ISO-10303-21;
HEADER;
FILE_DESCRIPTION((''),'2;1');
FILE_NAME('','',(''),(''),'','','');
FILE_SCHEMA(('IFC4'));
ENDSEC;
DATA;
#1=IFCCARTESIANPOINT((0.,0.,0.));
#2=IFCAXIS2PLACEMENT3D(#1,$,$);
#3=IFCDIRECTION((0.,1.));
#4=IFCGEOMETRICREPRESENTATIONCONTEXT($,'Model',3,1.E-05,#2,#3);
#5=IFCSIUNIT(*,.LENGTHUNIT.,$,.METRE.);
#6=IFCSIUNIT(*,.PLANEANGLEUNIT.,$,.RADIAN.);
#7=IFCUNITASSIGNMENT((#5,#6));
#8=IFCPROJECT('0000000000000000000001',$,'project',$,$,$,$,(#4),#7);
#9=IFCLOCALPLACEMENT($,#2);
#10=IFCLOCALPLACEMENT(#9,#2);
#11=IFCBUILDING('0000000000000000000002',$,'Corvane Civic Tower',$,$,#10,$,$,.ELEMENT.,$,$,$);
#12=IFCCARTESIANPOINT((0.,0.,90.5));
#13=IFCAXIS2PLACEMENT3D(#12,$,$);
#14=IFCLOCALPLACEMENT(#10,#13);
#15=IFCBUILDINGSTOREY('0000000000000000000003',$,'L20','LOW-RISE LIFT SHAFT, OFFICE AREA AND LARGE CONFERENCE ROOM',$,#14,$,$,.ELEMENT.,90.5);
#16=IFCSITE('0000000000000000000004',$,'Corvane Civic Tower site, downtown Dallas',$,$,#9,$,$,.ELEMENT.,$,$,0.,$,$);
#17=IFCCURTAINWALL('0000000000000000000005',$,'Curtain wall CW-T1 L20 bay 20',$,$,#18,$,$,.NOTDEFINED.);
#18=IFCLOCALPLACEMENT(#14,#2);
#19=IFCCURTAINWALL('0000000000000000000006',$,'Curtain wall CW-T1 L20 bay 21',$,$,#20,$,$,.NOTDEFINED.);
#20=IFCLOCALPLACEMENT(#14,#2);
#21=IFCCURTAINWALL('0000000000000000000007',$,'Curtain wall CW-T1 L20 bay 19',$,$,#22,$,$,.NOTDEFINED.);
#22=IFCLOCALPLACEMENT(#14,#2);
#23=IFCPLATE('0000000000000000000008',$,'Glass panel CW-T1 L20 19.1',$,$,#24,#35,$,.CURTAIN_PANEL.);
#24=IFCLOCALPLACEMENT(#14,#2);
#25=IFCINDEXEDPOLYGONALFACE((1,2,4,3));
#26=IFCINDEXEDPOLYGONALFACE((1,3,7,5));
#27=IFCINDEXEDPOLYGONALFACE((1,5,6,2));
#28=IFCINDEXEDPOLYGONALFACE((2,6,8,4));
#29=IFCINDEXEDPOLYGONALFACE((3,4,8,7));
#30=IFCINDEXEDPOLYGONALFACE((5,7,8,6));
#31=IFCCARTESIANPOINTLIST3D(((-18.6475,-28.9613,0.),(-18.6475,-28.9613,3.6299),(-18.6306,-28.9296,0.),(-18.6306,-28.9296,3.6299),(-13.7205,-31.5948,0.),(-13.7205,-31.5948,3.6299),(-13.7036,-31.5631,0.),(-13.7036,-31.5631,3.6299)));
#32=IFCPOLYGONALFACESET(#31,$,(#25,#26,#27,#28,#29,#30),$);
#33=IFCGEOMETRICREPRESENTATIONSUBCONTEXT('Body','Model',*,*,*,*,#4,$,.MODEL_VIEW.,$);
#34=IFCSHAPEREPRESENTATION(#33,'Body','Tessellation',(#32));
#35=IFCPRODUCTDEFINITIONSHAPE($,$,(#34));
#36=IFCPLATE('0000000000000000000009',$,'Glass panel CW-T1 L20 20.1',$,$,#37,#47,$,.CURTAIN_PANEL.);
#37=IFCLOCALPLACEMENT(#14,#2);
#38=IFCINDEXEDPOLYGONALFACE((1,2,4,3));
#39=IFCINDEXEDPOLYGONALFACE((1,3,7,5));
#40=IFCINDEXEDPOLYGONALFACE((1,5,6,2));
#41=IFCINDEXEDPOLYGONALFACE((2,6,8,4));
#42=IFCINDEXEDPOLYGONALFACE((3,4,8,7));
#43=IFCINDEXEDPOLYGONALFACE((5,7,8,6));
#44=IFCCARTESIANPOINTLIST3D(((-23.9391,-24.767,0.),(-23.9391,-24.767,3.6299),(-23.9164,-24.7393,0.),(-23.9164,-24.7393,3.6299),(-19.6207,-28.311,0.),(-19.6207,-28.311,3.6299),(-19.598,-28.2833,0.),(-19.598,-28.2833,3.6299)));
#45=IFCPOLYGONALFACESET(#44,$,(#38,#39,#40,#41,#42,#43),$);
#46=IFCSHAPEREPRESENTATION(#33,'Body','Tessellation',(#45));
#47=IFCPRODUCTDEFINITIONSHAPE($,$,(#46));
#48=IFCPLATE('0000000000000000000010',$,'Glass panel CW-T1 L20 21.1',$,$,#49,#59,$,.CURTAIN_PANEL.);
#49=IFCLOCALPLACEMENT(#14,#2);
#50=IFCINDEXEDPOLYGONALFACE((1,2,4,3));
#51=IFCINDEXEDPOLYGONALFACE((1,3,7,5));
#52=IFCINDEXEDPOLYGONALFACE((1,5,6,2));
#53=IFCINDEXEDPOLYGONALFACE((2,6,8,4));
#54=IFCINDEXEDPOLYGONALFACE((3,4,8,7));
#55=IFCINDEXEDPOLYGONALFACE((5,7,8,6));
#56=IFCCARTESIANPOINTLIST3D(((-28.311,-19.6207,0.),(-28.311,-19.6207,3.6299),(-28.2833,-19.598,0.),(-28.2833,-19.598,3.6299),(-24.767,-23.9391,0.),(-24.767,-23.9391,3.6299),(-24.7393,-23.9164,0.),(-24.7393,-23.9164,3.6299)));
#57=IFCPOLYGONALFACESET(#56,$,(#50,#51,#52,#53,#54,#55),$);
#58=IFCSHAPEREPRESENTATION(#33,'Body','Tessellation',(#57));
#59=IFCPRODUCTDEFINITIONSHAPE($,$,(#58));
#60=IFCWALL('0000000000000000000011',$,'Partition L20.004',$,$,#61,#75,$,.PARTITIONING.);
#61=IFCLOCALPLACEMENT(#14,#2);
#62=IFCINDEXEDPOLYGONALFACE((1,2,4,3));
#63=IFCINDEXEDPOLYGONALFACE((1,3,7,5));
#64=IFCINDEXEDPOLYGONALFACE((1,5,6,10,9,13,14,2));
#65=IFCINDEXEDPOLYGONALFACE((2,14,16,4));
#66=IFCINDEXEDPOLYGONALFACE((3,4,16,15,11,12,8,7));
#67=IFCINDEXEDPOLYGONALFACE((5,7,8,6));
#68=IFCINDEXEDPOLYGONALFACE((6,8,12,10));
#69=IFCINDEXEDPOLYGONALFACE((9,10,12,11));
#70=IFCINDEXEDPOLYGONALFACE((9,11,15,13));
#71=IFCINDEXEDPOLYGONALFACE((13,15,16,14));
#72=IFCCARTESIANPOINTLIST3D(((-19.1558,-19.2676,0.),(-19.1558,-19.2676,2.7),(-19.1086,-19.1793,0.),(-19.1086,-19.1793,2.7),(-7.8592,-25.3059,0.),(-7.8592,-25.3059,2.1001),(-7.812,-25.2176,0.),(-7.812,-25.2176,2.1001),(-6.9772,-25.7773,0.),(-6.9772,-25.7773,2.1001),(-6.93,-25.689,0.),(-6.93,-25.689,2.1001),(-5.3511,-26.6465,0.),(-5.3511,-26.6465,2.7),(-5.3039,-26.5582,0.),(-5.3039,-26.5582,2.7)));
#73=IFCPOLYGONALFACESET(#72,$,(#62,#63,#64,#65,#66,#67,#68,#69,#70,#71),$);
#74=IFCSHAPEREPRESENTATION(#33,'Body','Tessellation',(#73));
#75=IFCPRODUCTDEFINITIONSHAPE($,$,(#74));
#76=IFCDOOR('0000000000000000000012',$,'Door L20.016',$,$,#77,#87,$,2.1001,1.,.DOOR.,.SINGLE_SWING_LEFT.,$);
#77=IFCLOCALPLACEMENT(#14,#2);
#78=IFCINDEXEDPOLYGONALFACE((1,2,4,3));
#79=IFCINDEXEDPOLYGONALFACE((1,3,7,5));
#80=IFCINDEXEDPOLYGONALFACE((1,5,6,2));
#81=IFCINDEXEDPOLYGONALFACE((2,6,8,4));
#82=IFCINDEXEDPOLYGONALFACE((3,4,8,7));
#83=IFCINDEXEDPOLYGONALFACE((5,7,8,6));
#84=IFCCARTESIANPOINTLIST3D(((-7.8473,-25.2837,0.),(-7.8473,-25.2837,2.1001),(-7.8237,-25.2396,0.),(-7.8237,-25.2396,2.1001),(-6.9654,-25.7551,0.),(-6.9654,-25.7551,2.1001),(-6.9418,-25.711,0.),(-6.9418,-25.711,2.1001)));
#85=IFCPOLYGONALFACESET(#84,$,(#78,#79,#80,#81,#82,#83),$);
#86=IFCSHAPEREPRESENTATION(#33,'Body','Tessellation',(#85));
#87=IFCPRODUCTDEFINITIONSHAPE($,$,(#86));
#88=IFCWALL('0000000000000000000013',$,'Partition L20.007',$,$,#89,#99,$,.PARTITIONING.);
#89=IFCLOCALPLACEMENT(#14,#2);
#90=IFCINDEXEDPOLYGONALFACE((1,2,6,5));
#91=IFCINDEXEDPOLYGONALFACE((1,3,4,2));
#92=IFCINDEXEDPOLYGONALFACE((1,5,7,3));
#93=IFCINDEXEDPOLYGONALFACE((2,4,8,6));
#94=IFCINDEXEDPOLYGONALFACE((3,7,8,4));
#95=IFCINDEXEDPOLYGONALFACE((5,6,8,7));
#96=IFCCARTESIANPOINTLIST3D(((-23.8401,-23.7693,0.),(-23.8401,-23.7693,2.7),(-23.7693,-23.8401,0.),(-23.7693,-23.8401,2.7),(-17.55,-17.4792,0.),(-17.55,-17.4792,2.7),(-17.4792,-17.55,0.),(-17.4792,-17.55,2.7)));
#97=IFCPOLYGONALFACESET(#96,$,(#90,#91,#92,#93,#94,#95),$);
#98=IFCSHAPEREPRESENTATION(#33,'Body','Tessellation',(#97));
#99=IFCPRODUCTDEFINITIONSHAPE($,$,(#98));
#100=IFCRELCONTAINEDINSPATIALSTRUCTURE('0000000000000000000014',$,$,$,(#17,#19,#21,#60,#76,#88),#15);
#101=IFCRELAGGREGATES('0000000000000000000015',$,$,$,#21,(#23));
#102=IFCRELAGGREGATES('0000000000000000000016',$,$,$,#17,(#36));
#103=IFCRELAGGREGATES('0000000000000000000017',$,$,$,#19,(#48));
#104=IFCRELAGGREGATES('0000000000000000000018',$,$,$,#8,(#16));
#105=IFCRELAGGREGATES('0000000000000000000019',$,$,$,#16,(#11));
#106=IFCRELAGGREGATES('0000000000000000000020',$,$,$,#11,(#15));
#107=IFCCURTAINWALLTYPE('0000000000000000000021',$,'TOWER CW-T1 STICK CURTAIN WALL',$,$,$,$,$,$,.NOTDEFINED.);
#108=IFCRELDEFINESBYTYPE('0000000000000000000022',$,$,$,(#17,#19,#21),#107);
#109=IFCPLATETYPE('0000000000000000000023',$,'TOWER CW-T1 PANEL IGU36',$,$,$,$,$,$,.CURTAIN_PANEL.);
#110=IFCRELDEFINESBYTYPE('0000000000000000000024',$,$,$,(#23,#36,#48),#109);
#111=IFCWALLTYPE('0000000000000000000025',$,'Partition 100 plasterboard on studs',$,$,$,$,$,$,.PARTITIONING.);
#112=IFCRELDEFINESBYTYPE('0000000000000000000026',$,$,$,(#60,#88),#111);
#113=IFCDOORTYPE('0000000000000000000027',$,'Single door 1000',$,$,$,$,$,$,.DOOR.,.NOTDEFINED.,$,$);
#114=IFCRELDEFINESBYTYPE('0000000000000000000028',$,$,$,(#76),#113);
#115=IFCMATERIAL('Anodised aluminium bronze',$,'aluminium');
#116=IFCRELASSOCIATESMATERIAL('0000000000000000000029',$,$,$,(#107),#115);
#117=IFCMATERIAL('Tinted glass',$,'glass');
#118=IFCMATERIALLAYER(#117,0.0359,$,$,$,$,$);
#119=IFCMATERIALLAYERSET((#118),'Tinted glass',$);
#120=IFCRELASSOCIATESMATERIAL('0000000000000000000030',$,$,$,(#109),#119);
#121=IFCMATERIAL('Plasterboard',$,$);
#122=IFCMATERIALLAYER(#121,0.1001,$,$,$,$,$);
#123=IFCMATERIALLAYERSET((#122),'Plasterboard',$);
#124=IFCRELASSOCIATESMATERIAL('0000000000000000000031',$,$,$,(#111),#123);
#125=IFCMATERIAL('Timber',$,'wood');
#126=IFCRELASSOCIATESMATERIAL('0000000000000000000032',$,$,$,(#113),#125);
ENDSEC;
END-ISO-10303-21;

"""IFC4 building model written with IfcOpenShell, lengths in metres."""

from ifc_helpers import new_model, si_unit, direction, frame, frame_2d, origin, origin_2d, place, context, subcontext, project, spatial, rectangle, extrude, material, layer, layer_set, type_object, element, fill, aggregate, save


model = new_model("IFC4")

# Units and contexts
model_context = context("Model", 3, precision=1e-05, world=origin(), true_north=direction((0.0, 1.0)))
body_context = subcontext(model_context, "Body", "Model", "MODEL_VIEW")
ifc_project = project(units=[si_unit("LENGTHUNIT", "METRE"), si_unit("PLANEANGLEUNIT", "RADIAN")], contexts=[model_context])

# Site, building, storey
site_placement = place(None, origin())
site = spatial("IfcSite", under=ifc_project, at=site_placement, Name="Corvane Civic Tower site, downtown Dallas", CompositionType="ELEMENT", RefElevation=0.0)
building_placement = place(site_placement, origin())
building = spatial("IfcBuilding", under=site, at=building_placement, Name="Corvane Civic Tower", CompositionType="ELEMENT")
storey_placement = place(building_placement, frame((0.0, 0.0, 90.5)))
storey = spatial("IfcBuildingStorey", under=building, at=storey_placement, Name="L20", Description="LOW-RISE LIFT SHAFT, OFFICE AREA AND LARGE CONFERENCE ROOM", CompositionType="ELEMENT", Elevation=90.5)

# Curtain walls
ifc_material_1 = material(Name="Anodised aluminium bronze", Category="aluminium")
curtain_wall_type = type_object("IfcCurtainWallType", Name="TOWER CW-T1 STICK CURTAIN WALL", PredefinedType="NOTDEFINED", material=ifc_material_1)
curtain_wall_1_placement = place(storey_placement, origin())
curtain_wall_1 = element("IfcCurtainWall", 1, at=curtain_wall_1_placement, inside=storey, type_object=curtain_wall_type, Name="Curtain wall CW-T1 L20 bay 20", PredefinedType="NOTDEFINED")
curtain_wall_2_placement = place(storey_placement, origin())
curtain_wall_2 = element("IfcCurtainWall", 2, at=curtain_wall_2_placement, inside=storey, type_object=curtain_wall_type, Name="Curtain wall CW-T1 L20 bay 21", PredefinedType="NOTDEFINED")

# Curtain wall, plate
curtain_wall_3_placement = place(storey_placement, origin())
curtain_wall_3 = element("IfcCurtainWall", 3, at=curtain_wall_3_placement, inside=storey, type_object=curtain_wall_type, Name="Curtain wall CW-T1 L20 bay 19", PredefinedType="NOTDEFINED")
ifc_material_2 = material(Name="Tinted glass", Category="glass")
ifc_layer_1 = layer(ifc_material_2, 0.0359)
ifc_layer_set_1 = layer_set([ifc_layer_1], Name="Tinted glass")
plate_type = type_object("IfcPlateType", Name="TOWER CW-T1 PANEL IGU36", PredefinedType="CURTAIN_PANEL", material=ifc_layer_set_1)
plate_1_placement = place(storey_placement, frame((-16.1755, -30.2622, 0.0), z_axis=(0.0, 0.0, 1.0), x_axis=(-0.881924, 0.471392, 0.0)))
plate_1 = element("IfcPlate", 4, at=plate_1_placement, type_object=plate_type, Name="Glass panel CW-T1 L20 19.1", PredefinedType="CURTAIN_PANEL", context=body_context, shape_type="SweptSolid", body=[
    extrude(rectangle(XDim=5.5867, YDim=0.0359, at=origin_2d()), origin(), (0.0, 0.0, 1.0), 3.6299),
])
aggregate(curtain_wall_3, [plate_1])

# Plates
plate_2_placement = place(storey_placement, frame((-21.7686, -26.5251, 0.0), z_axis=(0.0, 0.0, 1.0), x_axis=(-0.773013, 0.63439, 0.0)))
plate_2 = element("IfcPlate", 5, at=plate_2_placement, type_object=plate_type, Name="Glass panel CW-T1 L20 20.1", PredefinedType="CURTAIN_PANEL", context=body_context, shape_type="SweptSolid", body=[
    extrude(rectangle(XDim=5.5864, YDim=0.0359, at=origin_2d()), origin(), (0.0, 0.0, 1.0), 3.6299),
])
aggregate(curtain_wall_1, [plate_2])
plate_3_placement = place(storey_placement, frame((-26.5251, -21.7686, 0.0), z_axis=(0.0, 0.0, 1.0), x_axis=(-0.63439, 0.773013, 0.0)))
plate_3 = element("IfcPlate", 6, at=plate_3_placement, type_object=plate_type, Name="Glass panel CW-T1 L20 21.1", PredefinedType="CURTAIN_PANEL", context=body_context, shape_type="SweptSolid", body=[
    extrude(rectangle(XDim=5.5864, YDim=0.0359, at=origin_2d()), origin(), (0.0, 0.0, 1.0), 3.6299),
])
aggregate(curtain_wall_2, [plate_3])

# Wall, opening, door
ifc_material_3 = material(Name="Plasterboard")
ifc_layer_2 = layer(ifc_material_3, 0.1001)
ifc_layer_set_2 = layer_set([ifc_layer_2], Name="Plasterboard")
wall_type_1 = type_object("IfcWallType", Name="Partition 100 plasterboard on studs", PredefinedType="PARTITIONING", material=ifc_layer_set_2)
wall_1_placement = place(storey_placement, frame((-19.1323, -19.2234, 0.0), z_axis=(0.0, 0.0, 1.0), x_axis=(0.881917, -0.471404, 0.0)))
wall_1 = element("IfcWall", 7, at=wall_1_placement, inside=storey, type_object=wall_type_1, Name="Partition L20.004", PredefinedType="PARTITIONING", context=body_context, shape_type="SweptSolid", body=[
    extrude(rectangle(XDim=15.6531, YDim=0.1001, at=frame_2d((7.8267, 0.0))), origin(), (0.0, 0.0, 1.0), 2.7),
])
opening_1_placement = place(wall_1_placement, frame((12.8093, 0.0, 0.0)))
opening_1 = element("IfcOpeningElement", 8, at=opening_1_placement, cuts=wall_1, PredefinedType="OPENING", context=body_context, shape_type="SweptSolid", body=[
    extrude(rectangle(XDim=1.0, YDim=2.1001, at=frame_2d((0.5, 1.05))), frame((0.0, 0.0601, 0.0), z_axis=(0.0, -1.0, 0.0), x_axis=(1.0, 0.0, 0.0)), (0.0, 0.0, 1.0), 0.1201),
])
ifc_material_4 = material(Name="Timber", Category="wood")
door_type_1 = type_object("IfcDoorType", Name="Single door 1000", OperationType="NOTDEFINED", PredefinedType="DOOR", material=ifc_material_4)
door_1_placement = place(opening_1_placement, frame((1.0, 0.0, 0.0), z_axis=(0.0, 0.0, 1.0), x_axis=(-1.0, 0.0, 0.0)))
door_1 = element("IfcDoor", 9, at=door_1_placement, inside=storey, type_object=door_type_1, Name="Door L20.016", OperationType="SINGLE_SWING_LEFT", OverallHeight=2.1001, OverallWidth=1.0, PredefinedType="DOOR", context=body_context, shape_type="SweptSolid", body=[
    extrude(rectangle(XDim=1.0, YDim=2.1001, at=frame_2d((0.5, 1.05))), frame((0.0, 0.0249, 0.0), z_axis=(0.0, -1.0, 0.0), x_axis=(1.0, 0.0, 0.0)), (0.0, 0.0, 1.0), 0.05),
])
fill(opening_1, door_1)

# Wall
wall_2_placement = place(storey_placement, frame((-23.8047, -23.8047, 0.0), z_axis=(0.0, 0.0, 1.0), x_axis=(0.707107, 0.707107, 0.0)))
element("IfcWall", 10, at=wall_2_placement, inside=storey, type_object=wall_type_1, Name="Partition L20.007", PredefinedType="PARTITIONING", context=body_context, shape_type="SweptSolid", body=[
    extrude(rectangle(XDim=8.8955, YDim=0.1001, at=frame_2d((4.4478, 0.0))), origin(), (0.0, 0.0, 1.0), 2.7),
])

save(model, "model.ifc")
